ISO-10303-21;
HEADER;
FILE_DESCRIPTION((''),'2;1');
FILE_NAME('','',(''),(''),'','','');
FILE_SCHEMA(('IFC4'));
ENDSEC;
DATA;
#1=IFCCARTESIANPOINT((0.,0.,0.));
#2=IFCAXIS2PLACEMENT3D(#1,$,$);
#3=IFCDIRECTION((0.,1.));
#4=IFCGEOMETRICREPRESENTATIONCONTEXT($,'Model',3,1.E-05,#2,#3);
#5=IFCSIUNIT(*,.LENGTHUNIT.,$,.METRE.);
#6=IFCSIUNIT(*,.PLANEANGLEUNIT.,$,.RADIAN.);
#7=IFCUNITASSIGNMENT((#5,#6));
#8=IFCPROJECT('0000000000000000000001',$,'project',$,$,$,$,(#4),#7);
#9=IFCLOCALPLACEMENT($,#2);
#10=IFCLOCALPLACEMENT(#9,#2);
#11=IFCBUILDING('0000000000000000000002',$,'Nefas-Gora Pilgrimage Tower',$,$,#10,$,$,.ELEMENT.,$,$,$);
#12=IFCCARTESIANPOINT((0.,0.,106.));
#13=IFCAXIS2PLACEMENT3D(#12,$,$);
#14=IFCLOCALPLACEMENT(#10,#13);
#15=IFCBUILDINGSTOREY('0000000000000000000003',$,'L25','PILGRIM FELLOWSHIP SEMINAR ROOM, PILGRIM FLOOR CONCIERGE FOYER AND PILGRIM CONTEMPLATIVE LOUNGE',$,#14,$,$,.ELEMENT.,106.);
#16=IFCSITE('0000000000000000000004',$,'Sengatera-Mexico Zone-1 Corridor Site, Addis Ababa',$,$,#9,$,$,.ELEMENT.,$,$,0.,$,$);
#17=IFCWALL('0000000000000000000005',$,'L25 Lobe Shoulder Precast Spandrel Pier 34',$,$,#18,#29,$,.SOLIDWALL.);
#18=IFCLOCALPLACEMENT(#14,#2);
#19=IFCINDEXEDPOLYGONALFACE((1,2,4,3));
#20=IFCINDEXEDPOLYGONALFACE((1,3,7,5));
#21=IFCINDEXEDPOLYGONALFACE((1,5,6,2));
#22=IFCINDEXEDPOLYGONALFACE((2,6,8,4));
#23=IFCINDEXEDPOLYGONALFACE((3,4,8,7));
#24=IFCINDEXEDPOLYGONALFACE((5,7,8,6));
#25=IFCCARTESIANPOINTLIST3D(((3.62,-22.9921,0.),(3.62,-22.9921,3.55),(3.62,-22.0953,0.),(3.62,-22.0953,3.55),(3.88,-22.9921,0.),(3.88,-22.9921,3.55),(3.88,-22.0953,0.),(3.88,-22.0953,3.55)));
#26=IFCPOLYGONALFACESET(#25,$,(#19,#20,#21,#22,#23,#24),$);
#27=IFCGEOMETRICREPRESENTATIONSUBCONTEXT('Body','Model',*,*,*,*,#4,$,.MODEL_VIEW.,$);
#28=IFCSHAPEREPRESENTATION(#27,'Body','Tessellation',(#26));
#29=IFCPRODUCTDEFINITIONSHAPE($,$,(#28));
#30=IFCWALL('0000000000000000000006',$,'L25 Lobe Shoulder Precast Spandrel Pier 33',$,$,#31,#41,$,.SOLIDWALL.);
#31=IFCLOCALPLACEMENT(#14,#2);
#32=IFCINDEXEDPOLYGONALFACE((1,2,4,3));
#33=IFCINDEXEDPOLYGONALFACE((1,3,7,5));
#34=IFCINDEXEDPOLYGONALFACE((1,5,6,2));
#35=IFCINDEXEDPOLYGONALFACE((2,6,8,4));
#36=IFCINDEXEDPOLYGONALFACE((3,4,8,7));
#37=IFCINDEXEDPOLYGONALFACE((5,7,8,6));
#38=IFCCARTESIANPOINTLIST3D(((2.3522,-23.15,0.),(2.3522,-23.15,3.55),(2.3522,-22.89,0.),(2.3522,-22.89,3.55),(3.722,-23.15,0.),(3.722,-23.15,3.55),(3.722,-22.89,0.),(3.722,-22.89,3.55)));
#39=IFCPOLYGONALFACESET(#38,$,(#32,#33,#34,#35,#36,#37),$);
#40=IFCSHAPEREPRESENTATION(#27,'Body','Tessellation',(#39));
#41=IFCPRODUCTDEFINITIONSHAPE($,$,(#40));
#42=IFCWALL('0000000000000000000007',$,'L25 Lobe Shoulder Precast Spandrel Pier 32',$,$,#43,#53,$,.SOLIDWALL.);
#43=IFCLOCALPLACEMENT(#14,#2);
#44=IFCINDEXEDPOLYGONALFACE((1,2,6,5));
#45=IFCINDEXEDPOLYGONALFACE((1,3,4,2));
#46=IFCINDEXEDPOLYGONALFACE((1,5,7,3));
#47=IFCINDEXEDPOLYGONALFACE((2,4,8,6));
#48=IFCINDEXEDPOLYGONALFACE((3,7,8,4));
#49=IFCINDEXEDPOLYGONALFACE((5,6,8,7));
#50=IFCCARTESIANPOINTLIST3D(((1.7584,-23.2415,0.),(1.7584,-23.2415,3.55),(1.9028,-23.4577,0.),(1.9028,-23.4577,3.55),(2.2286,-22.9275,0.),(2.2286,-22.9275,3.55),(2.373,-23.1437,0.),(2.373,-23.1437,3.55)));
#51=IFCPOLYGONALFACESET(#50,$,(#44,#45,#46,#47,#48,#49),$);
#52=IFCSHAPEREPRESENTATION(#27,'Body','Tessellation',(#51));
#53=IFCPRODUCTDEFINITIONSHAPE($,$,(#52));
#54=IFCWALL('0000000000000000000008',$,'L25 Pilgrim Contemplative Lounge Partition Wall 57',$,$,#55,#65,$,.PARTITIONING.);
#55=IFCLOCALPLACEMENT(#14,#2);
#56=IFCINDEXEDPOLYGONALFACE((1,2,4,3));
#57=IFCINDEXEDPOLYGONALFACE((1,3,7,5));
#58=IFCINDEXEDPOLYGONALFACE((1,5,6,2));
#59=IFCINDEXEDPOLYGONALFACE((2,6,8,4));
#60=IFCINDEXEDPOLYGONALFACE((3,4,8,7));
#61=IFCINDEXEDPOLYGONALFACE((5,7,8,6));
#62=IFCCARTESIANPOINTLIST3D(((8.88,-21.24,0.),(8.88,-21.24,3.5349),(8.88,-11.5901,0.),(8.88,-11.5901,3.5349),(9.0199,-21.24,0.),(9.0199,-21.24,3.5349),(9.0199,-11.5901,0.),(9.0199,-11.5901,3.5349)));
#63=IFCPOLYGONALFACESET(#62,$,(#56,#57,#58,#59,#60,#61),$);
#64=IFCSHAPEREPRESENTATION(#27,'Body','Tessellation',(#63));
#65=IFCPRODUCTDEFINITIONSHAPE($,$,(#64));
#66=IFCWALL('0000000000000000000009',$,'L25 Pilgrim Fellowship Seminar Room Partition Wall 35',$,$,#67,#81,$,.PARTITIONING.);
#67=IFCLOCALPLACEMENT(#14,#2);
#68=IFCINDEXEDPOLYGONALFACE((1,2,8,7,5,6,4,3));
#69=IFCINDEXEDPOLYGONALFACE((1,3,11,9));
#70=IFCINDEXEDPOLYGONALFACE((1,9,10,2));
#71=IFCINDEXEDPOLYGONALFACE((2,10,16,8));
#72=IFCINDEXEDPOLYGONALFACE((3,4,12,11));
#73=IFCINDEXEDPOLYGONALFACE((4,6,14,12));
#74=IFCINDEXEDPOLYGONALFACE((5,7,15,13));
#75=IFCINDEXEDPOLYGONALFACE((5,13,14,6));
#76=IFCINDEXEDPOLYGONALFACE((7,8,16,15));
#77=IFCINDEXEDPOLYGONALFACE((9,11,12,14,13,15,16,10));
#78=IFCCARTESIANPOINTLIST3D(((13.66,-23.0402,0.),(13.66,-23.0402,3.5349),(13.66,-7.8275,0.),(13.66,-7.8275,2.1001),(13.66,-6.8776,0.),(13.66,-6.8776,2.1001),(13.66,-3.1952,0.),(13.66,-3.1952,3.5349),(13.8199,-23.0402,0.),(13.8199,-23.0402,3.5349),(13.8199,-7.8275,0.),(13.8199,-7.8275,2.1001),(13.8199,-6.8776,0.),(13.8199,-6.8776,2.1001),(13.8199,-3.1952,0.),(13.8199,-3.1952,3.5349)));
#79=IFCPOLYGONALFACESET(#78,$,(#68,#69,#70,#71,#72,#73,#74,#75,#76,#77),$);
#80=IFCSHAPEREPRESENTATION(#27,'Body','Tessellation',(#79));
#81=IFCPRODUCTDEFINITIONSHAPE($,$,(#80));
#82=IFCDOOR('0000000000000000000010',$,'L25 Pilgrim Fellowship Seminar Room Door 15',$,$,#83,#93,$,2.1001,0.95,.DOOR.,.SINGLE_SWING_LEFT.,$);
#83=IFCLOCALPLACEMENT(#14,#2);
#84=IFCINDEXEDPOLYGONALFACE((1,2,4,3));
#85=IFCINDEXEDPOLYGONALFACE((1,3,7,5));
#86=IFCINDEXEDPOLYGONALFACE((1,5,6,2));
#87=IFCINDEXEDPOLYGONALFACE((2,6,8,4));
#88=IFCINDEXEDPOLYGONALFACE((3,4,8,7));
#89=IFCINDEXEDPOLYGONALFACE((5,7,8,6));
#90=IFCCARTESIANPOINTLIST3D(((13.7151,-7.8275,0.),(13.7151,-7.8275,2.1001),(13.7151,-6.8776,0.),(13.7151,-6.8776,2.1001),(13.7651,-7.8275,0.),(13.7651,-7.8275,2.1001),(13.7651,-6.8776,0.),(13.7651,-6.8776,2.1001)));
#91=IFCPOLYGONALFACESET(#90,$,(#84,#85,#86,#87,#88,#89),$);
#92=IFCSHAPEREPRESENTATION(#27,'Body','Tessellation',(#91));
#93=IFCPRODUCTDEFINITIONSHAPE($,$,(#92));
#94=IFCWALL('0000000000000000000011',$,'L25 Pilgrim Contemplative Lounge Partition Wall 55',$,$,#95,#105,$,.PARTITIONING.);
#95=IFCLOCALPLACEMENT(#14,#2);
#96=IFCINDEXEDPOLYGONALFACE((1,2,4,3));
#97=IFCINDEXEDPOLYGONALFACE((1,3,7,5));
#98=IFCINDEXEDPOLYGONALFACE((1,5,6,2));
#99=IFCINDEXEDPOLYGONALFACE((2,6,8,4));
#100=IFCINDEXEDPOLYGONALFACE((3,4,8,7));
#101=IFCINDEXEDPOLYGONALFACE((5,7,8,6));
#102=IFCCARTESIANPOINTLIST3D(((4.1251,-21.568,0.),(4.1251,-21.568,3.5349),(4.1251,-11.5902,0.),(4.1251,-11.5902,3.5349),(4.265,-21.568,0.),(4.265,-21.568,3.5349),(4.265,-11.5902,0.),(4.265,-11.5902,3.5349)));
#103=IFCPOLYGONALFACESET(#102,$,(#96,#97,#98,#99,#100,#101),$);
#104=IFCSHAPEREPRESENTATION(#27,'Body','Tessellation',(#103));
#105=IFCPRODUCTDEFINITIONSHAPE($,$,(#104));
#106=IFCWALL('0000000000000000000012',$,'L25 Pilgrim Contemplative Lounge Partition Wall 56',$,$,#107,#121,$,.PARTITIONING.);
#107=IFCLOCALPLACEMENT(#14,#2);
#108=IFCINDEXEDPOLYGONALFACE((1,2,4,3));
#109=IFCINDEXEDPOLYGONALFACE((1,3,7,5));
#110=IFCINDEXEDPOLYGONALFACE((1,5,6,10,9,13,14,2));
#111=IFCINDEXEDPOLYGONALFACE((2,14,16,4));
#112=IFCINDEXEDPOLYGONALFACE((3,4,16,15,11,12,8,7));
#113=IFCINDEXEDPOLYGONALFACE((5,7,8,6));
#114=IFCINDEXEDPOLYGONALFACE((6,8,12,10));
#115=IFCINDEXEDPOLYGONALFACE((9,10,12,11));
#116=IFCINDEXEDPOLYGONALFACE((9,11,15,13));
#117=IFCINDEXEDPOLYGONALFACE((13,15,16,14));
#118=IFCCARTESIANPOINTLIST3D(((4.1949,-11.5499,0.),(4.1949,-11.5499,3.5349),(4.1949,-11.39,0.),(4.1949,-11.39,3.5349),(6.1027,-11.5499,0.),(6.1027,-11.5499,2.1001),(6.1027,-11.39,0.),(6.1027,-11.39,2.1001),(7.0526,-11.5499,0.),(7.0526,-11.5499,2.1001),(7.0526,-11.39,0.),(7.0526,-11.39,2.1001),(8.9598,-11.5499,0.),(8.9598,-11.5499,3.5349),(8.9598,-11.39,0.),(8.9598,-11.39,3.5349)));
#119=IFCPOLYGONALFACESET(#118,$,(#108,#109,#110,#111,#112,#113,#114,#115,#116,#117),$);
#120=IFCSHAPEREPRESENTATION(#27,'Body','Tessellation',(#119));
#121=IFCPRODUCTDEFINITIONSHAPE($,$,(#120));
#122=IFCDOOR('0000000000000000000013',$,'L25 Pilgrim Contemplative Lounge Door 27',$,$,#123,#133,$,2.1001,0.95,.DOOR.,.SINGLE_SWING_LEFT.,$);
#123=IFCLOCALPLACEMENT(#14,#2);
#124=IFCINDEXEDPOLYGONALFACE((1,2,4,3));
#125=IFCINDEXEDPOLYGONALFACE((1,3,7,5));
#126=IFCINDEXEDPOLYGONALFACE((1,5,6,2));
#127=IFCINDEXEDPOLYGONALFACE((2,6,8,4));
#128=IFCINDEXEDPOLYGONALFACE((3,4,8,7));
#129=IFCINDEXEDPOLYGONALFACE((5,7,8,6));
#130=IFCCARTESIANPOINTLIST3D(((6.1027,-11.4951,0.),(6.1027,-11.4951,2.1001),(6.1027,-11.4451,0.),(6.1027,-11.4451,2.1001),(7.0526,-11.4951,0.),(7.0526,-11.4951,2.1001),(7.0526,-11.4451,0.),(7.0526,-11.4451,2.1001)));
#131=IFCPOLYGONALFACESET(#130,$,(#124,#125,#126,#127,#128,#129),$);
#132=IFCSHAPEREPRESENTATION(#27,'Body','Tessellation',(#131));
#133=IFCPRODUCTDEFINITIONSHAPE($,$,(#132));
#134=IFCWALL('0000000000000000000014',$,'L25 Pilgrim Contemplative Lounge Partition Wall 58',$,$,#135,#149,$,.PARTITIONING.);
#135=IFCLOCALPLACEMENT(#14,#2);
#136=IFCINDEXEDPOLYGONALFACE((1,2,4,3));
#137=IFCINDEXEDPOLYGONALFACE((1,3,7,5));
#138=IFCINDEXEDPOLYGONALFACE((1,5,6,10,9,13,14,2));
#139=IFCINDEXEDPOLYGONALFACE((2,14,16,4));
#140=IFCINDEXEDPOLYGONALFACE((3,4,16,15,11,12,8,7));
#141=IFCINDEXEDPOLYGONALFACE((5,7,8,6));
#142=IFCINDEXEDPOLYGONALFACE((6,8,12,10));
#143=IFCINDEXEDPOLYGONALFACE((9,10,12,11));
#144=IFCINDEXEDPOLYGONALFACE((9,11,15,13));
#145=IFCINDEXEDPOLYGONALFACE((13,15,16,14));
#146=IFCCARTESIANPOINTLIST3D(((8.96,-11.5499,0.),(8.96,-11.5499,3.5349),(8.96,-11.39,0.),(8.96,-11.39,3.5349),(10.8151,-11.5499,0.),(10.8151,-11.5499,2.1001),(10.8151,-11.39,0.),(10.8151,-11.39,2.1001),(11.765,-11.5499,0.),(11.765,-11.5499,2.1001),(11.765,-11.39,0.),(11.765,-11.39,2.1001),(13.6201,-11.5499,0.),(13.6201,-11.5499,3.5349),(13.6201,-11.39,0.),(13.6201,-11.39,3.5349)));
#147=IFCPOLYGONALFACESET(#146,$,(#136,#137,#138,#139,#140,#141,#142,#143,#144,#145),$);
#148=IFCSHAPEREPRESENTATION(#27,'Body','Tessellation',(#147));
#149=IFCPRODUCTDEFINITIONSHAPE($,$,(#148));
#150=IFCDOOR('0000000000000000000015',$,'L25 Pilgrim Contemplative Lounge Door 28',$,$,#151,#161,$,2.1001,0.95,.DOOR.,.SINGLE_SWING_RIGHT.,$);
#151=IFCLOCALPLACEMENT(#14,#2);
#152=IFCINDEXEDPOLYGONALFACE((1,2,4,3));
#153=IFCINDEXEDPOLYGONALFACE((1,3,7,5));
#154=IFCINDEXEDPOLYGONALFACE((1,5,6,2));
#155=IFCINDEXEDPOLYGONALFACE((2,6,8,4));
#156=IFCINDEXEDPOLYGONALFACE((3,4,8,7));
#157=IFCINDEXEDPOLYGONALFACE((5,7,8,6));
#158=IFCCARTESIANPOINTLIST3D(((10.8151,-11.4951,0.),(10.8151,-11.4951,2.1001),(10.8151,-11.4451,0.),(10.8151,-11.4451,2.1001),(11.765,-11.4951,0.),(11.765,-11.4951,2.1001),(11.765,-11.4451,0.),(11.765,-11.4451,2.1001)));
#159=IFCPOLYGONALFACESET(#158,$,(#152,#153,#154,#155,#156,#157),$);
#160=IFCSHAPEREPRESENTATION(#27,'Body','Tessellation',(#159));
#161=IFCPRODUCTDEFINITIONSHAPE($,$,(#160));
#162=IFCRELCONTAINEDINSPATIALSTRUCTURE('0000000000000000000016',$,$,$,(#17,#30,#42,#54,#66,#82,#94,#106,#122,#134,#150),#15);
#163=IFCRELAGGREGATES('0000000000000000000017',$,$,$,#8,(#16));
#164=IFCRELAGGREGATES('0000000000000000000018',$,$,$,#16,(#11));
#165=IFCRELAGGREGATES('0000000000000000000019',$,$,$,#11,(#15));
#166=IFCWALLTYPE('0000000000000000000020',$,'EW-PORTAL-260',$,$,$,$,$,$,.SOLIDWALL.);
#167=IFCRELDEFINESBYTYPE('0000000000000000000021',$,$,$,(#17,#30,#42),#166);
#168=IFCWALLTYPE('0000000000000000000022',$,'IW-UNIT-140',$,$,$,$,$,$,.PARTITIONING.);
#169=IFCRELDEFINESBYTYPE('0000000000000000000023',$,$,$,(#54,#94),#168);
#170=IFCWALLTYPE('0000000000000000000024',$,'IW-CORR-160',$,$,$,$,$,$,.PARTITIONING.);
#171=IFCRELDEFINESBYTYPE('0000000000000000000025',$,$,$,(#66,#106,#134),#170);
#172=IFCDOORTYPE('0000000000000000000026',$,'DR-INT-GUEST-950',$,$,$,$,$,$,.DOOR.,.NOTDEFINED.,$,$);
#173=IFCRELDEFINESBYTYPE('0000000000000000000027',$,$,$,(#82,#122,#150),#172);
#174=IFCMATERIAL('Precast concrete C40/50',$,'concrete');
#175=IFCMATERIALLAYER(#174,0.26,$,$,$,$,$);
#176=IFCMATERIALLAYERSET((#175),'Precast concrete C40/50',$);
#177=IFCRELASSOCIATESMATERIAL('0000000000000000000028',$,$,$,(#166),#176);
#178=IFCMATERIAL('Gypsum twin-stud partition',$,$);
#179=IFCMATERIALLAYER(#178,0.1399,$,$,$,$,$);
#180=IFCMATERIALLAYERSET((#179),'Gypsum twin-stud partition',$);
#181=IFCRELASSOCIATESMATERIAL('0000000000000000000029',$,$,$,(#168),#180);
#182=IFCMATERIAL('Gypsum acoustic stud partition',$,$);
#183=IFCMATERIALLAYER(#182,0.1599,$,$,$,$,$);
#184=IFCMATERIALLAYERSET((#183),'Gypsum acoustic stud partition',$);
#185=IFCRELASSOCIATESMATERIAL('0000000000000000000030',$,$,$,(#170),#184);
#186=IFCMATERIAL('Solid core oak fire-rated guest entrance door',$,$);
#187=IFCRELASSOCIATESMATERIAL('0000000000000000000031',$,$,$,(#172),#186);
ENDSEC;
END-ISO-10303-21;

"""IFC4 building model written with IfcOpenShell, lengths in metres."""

from ifc_helpers import new_model, si_unit, direction, frame, frame_2d, origin, place, context, subcontext, project, spatial, rectangle, extrude, source, transform, mapped, material, layer, layer_set, type_object, element, fill, save


model = new_model("IFC4")

# Units and contexts
model_context = context("Model", 3, precision=1e-05, world=origin(), true_north=direction((0.0, 1.0)))
body_context = subcontext(model_context, "Body", "Model", "MODEL_VIEW")
ifc_project = project(units=[si_unit("LENGTHUNIT", "METRE"), si_unit("PLANEANGLEUNIT", "RADIAN")], contexts=[model_context])

# Site, building, storey
site_placement = place(None, origin())
site = spatial("IfcSite", under=ifc_project, at=site_placement, Name="Sengatera-Mexico Zone-1 Corridor Site, Addis Ababa", CompositionType="ELEMENT", RefElevation=0.0)
building_placement = place(site_placement, origin())
building = spatial("IfcBuilding", under=site, at=building_placement, Name="Nefas-Gora Pilgrimage Tower", CompositionType="ELEMENT")
storey_placement = place(building_placement, frame((0.0, 0.0, 106.0)))
storey = spatial("IfcBuildingStorey", under=building, at=storey_placement, Name="L25", Description="PILGRIM FELLOWSHIP SEMINAR ROOM, PILGRIM FLOOR CONCIERGE FOYER AND PILGRIM CONTEMPLATIVE LOUNGE", CompositionType="ELEMENT", Elevation=106.0)

# Walls
ifc_material_1 = material(Name="Precast concrete C40/50", Category="concrete")
ifc_layer_1 = layer(ifc_material_1, 0.26)
ifc_layer_set_1 = layer_set([ifc_layer_1], Name="Precast concrete C40/50")
wall_type_1 = type_object("IfcWallType", Name="EW-PORTAL-260", PredefinedType="SOLIDWALL", material=ifc_layer_set_1)
shared_shape_1 = source(origin(), body_context, "Body", "SweptSolid", [
    extrude(rectangle(XDim=0.8967, YDim=0.26, at=frame_2d((0.4482, 0.0))), origin(), (0.0, 0.0, 1.0), 3.55),
])
wall_1_placement = place(storey_placement, frame((3.75, -22.9919, 0.0), z_axis=(0.0, 0.0, 1.0), x_axis=(0.0, 1.0, 0.0)))
element("IfcWall", 1, at=wall_1_placement, inside=storey, type_object=wall_type_1, Name="L25 Lobe Shoulder Precast Spandrel Pier 34", PredefinedType="SOLIDWALL", context=body_context, shape_type="MappedRepresentation", body=[
    mapped(shared_shape_1, transform((0.0, 0.0, 0.0), x_axis=(1.0, 0.0, 0.0), y_axis=(0.0, 1.0, 0.0), z_axis=(0.0, 0.0, 1.0), scale=1.0)),
])
shared_shape_2 = source(origin(), body_context, "Body", "SweptSolid", [
    extrude(rectangle(XDim=1.3699, YDim=0.26, at=frame_2d((0.6851, 0.0))), origin(), (0.0, 0.0, 1.0), 3.55),
])
wall_2_placement = place(storey_placement, frame((2.3521, -23.02, 0.0), z_axis=(0.0, 0.0, 1.0), x_axis=(1.0, 0.0, 0.0)))
element("IfcWall", 2, at=wall_2_placement, inside=storey, type_object=wall_type_1, Name="L25 Lobe Shoulder Precast Spandrel Pier 33", PredefinedType="SOLIDWALL", context=body_context, shape_type="MappedRepresentation", body=[
    mapped(shared_shape_2, transform((0.0, 0.0, 0.0), x_axis=(1.0, 0.0, 0.0), y_axis=(0.0, 1.0, 0.0), z_axis=(0.0, 0.0, 1.0), scale=1.0)),
])
shared_shape_3 = source(origin(), body_context, "Body", "SweptSolid", [
    extrude(rectangle(XDim=0.5654, YDim=0.26, at=frame_2d((0.2827, 0.0))), origin(), (0.0, 0.0, 1.0), 3.55),
])
wall_3_placement = place(storey_placement, frame((1.8306, -23.3496, 0.0), z_axis=(0.0, 0.0, 1.0), x_axis=(0.831651, 0.555298, 0.0)))
element("IfcWall", 3, at=wall_3_placement, inside=storey, type_object=wall_type_1, Name="L25 Lobe Shoulder Precast Spandrel Pier 32", PredefinedType="SOLIDWALL", context=body_context, shape_type="MappedRepresentation", body=[
    mapped(shared_shape_3, transform((0.0, 0.0, 0.0), x_axis=(1.0, 0.0, 0.0), y_axis=(0.0, 1.0, 0.0), z_axis=(0.0, 0.0, 1.0), scale=1.0)),
])
ifc_material_2 = material(Name="Gypsum twin-stud partition")
ifc_layer_2 = layer(ifc_material_2, 0.1399)
ifc_layer_set_2 = layer_set([ifc_layer_2], Name="Gypsum twin-stud partition")
wall_type_2 = type_object("IfcWallType", Name="IW-UNIT-140", PredefinedType="PARTITIONING", material=ifc_layer_set_2)
shared_shape_4 = source(origin(), body_context, "Body", "SweptSolid", [
    extrude(rectangle(XDim=9.6499, YDim=0.1399, at=frame_2d((4.825, 0.0))), origin(), (0.0, 0.0, 1.0), 3.5349),
])
wall_4_placement = place(storey_placement, frame((8.95, -21.24, 0.0), z_axis=(0.0, 0.0, 1.0), x_axis=(0.0, 1.0, 0.0)))
element("IfcWall", 4, at=wall_4_placement, inside=storey, type_object=wall_type_2, Name="L25 Pilgrim Contemplative Lounge Partition Wall 57", PredefinedType="PARTITIONING", context=body_context, shape_type="MappedRepresentation", body=[
    mapped(shared_shape_4, transform((0.0, 0.0, 0.0), x_axis=(1.0, 0.0, 0.0), y_axis=(0.0, 1.0, 0.0), z_axis=(0.0, 0.0, 1.0), scale=1.0)),
])

# Wall, opening, door
ifc_material_3 = material(Name="Gypsum acoustic stud partition")
ifc_layer_3 = layer(ifc_material_3, 0.1599)
ifc_layer_set_3 = layer_set([ifc_layer_3], Name="Gypsum acoustic stud partition")
wall_type_3 = type_object("IfcWallType", Name="IW-CORR-160", PredefinedType="PARTITIONING", material=ifc_layer_set_3)
shared_shape_5 = source(origin(), body_context, "Body", "SweptSolid", [
    extrude(rectangle(XDim=19.845, YDim=0.1599, at=frame_2d((9.9224, 0.0))), origin(), (0.0, 0.0, 1.0), 3.5349),
])
wall_5_placement = place(storey_placement, frame((13.74, -23.04, 0.0), z_axis=(0.0, 0.0, 1.0), x_axis=(0.0, 1.0, 0.0)))
wall_5 = element("IfcWall", 5, at=wall_5_placement, inside=storey, type_object=wall_type_3, Name="L25 Pilgrim Fellowship Seminar Room Partition Wall 35", PredefinedType="PARTITIONING", context=body_context, shape_type="MappedRepresentation", body=[
    mapped(shared_shape_5, transform((0.0, 0.0, 0.0), x_axis=(1.0, 0.0, 0.0), y_axis=(0.0, 1.0, 0.0), z_axis=(0.0, 0.0, 1.0), scale=1.0)),
])
opening_1_placement = place(wall_5_placement, frame((15.2124, 0.0, 0.0)))
opening_1 = element("IfcOpeningElement", 6, at=opening_1_placement, cuts=wall_5, PredefinedType="OPENING", context=body_context, shape_type="SweptSolid", body=[
    extrude(rectangle(XDim=0.95, YDim=2.1001, at=frame_2d((0.4751, 1.05))), frame((0.0, 0.0898, 0.0), z_axis=(0.0, -1.0, 0.0), x_axis=(1.0, 0.0, 0.0)), (0.0, 0.0, 1.0), 0.1799),
])
ifc_material_4 = material(Name="Solid core oak fire-rated guest entrance door")
door_type = type_object("IfcDoorType", Name="DR-INT-GUEST-950", OperationType="NOTDEFINED", PredefinedType="DOOR", material=ifc_material_4)
shared_shape_6 = source(origin(), body_context, "Body", "SweptSolid", [
    extrude(rectangle(XDim=0.95, YDim=2.1001, at=frame_2d((0.4751, 1.05))), frame((0.0, 0.0249, 0.0), z_axis=(0.0, -1.0, 0.0), x_axis=(1.0, 0.0, 0.0)), (0.0, 0.0, 1.0), 0.05),
])
door_1_placement = place(opening_1_placement, origin())
door_1 = element("IfcDoor", 7, at=door_1_placement, inside=storey, type_object=door_type, Name="L25 Pilgrim Fellowship Seminar Room Door 15", OperationType="SINGLE_SWING_LEFT", OverallHeight=2.1001, OverallWidth=0.95, PredefinedType="DOOR", context=body_context, shape_type="MappedRepresentation", body=[
    mapped(shared_shape_6, transform((0.0, 0.0, 0.0), x_axis=(1.0, 0.0, 0.0), y_axis=(0.0, 1.0, 0.0), z_axis=(0.0, 0.0, 1.0), scale=1.0)),
])
fill(opening_1, door_1)

# Wall
shared_shape_7 = source(origin(), body_context, "Body", "SweptSolid", [
    extrude(rectangle(XDim=9.9778, YDim=0.1399, at=frame_2d((4.9888, 0.0))), origin(), (0.0, 0.0, 1.0), 3.5349),
])
wall_6_placement = place(storey_placement, frame((4.1951, -21.5679, 0.0), z_axis=(0.0, 0.0, 1.0), x_axis=(0.0, 1.0, 0.0)))
element("IfcWall", 8, at=wall_6_placement, inside=storey, type_object=wall_type_2, Name="L25 Pilgrim Contemplative Lounge Partition Wall 55", PredefinedType="PARTITIONING", context=body_context, shape_type="MappedRepresentation", body=[
    mapped(shared_shape_7, transform((0.0, 0.0, 0.0), x_axis=(1.0, 0.0, 0.0), y_axis=(0.0, 1.0, 0.0), z_axis=(0.0, 0.0, 1.0), scale=1.0)),
])

# Walls, openings, doors
shared_shape_8 = source(origin(), body_context, "Body", "SweptSolid", [
    extrude(rectangle(XDim=4.7649, YDim=0.1599, at=frame_2d((2.3823, 0.0))), origin(), (0.0, 0.0, 1.0), 3.5349),
])
wall_7_placement = place(storey_placement, frame((4.1951, -11.47, 0.0), z_axis=(0.0, 0.0, 1.0), x_axis=(1.0, 0.0, 0.0)))
wall_7 = element("IfcWall", 9, at=wall_7_placement, inside=storey, type_object=wall_type_3, Name="L25 Pilgrim Contemplative Lounge Partition Wall 56", PredefinedType="PARTITIONING", context=body_context, shape_type="MappedRepresentation", body=[
    mapped(shared_shape_8, transform((0.0, 0.0, 0.0), x_axis=(1.0, 0.0, 0.0), y_axis=(0.0, 1.0, 0.0), z_axis=(0.0, 0.0, 1.0), scale=1.0)),
])
opening_2_placement = place(wall_7_placement, frame((1.9075, 0.0, 0.0)))
opening_2 = element("IfcOpeningElement", 10, at=opening_2_placement, cuts=wall_7, PredefinedType="OPENING", context=body_context, shape_type="SweptSolid", body=[
    extrude(rectangle(XDim=0.95, YDim=2.1001, at=frame_2d((0.4751, 1.05))), frame((0.0, 0.0898, 0.0), z_axis=(0.0, -1.0, 0.0), x_axis=(1.0, 0.0, 0.0)), (0.0, 0.0, 1.0), 0.1799),
])
door_2_placement = place(opening_2_placement, origin())
door_2 = element("IfcDoor", 11, at=door_2_placement, inside=storey, type_object=door_type, Name="L25 Pilgrim Contemplative Lounge Door 27", OperationType="SINGLE_SWING_LEFT", OverallHeight=2.1001, OverallWidth=0.95, PredefinedType="DOOR", context=body_context, shape_type="MappedRepresentation", body=[
    mapped(shared_shape_6, transform((0.0, 0.0, 0.0), x_axis=(1.0, 0.0, 0.0), y_axis=(0.0, 1.0, 0.0), z_axis=(0.0, 0.0, 1.0), scale=1.0)),
])
fill(opening_2, door_2)
shared_shape_9 = source(origin(), body_context, "Body", "SweptSolid", [
    extrude(rectangle(XDim=4.6602, YDim=0.1599, at=frame_2d((2.3301, 0.0))), origin(), (0.0, 0.0, 1.0), 3.5349),
])
wall_8_placement = place(storey_placement, frame((8.96, -11.47, 0.0), z_axis=(0.0, 0.0, 1.0), x_axis=(1.0, 0.0, 0.0)))
wall_8 = element("IfcWall", 12, at=wall_8_placement, inside=storey, type_object=wall_type_3, Name="L25 Pilgrim Contemplative Lounge Partition Wall 58", PredefinedType="PARTITIONING", context=body_context, shape_type="MappedRepresentation", body=[
    mapped(shared_shape_9, transform((0.0, 0.0, 0.0), x_axis=(1.0, 0.0, 0.0), y_axis=(0.0, 1.0, 0.0), z_axis=(0.0, 0.0, 1.0), scale=1.0)),
])
opening_3_placement = place(wall_8_placement, frame((1.855, 0.0, 0.0)))
opening_3 = element("IfcOpeningElement", 13, at=opening_3_placement, cuts=wall_8, PredefinedType="OPENING", context=body_context, shape_type="SweptSolid", body=[
    extrude(rectangle(XDim=0.95, YDim=2.1001, at=frame_2d((0.4751, 1.05))), frame((0.0, 0.0898, 0.0), z_axis=(0.0, -1.0, 0.0), x_axis=(1.0, 0.0, 0.0)), (0.0, 0.0, 1.0), 0.1799),
])
door_3_placement = place(opening_3_placement, origin())
door_3 = element("IfcDoor", 14, at=door_3_placement, inside=storey, type_object=door_type, Name="L25 Pilgrim Contemplative Lounge Door 28", OperationType="SINGLE_SWING_RIGHT", OverallHeight=2.1001, OverallWidth=0.95, PredefinedType="DOOR", context=body_context, shape_type="MappedRepresentation", body=[
    mapped(shared_shape_6, transform((0.0, 0.0, 0.0), x_axis=(1.0, 0.0, 0.0), y_axis=(0.0, 1.0, 0.0), z_axis=(0.0, 0.0, 1.0), scale=1.0)),
])
fill(opening_3, door_3)

save(model, "model.ifc")
